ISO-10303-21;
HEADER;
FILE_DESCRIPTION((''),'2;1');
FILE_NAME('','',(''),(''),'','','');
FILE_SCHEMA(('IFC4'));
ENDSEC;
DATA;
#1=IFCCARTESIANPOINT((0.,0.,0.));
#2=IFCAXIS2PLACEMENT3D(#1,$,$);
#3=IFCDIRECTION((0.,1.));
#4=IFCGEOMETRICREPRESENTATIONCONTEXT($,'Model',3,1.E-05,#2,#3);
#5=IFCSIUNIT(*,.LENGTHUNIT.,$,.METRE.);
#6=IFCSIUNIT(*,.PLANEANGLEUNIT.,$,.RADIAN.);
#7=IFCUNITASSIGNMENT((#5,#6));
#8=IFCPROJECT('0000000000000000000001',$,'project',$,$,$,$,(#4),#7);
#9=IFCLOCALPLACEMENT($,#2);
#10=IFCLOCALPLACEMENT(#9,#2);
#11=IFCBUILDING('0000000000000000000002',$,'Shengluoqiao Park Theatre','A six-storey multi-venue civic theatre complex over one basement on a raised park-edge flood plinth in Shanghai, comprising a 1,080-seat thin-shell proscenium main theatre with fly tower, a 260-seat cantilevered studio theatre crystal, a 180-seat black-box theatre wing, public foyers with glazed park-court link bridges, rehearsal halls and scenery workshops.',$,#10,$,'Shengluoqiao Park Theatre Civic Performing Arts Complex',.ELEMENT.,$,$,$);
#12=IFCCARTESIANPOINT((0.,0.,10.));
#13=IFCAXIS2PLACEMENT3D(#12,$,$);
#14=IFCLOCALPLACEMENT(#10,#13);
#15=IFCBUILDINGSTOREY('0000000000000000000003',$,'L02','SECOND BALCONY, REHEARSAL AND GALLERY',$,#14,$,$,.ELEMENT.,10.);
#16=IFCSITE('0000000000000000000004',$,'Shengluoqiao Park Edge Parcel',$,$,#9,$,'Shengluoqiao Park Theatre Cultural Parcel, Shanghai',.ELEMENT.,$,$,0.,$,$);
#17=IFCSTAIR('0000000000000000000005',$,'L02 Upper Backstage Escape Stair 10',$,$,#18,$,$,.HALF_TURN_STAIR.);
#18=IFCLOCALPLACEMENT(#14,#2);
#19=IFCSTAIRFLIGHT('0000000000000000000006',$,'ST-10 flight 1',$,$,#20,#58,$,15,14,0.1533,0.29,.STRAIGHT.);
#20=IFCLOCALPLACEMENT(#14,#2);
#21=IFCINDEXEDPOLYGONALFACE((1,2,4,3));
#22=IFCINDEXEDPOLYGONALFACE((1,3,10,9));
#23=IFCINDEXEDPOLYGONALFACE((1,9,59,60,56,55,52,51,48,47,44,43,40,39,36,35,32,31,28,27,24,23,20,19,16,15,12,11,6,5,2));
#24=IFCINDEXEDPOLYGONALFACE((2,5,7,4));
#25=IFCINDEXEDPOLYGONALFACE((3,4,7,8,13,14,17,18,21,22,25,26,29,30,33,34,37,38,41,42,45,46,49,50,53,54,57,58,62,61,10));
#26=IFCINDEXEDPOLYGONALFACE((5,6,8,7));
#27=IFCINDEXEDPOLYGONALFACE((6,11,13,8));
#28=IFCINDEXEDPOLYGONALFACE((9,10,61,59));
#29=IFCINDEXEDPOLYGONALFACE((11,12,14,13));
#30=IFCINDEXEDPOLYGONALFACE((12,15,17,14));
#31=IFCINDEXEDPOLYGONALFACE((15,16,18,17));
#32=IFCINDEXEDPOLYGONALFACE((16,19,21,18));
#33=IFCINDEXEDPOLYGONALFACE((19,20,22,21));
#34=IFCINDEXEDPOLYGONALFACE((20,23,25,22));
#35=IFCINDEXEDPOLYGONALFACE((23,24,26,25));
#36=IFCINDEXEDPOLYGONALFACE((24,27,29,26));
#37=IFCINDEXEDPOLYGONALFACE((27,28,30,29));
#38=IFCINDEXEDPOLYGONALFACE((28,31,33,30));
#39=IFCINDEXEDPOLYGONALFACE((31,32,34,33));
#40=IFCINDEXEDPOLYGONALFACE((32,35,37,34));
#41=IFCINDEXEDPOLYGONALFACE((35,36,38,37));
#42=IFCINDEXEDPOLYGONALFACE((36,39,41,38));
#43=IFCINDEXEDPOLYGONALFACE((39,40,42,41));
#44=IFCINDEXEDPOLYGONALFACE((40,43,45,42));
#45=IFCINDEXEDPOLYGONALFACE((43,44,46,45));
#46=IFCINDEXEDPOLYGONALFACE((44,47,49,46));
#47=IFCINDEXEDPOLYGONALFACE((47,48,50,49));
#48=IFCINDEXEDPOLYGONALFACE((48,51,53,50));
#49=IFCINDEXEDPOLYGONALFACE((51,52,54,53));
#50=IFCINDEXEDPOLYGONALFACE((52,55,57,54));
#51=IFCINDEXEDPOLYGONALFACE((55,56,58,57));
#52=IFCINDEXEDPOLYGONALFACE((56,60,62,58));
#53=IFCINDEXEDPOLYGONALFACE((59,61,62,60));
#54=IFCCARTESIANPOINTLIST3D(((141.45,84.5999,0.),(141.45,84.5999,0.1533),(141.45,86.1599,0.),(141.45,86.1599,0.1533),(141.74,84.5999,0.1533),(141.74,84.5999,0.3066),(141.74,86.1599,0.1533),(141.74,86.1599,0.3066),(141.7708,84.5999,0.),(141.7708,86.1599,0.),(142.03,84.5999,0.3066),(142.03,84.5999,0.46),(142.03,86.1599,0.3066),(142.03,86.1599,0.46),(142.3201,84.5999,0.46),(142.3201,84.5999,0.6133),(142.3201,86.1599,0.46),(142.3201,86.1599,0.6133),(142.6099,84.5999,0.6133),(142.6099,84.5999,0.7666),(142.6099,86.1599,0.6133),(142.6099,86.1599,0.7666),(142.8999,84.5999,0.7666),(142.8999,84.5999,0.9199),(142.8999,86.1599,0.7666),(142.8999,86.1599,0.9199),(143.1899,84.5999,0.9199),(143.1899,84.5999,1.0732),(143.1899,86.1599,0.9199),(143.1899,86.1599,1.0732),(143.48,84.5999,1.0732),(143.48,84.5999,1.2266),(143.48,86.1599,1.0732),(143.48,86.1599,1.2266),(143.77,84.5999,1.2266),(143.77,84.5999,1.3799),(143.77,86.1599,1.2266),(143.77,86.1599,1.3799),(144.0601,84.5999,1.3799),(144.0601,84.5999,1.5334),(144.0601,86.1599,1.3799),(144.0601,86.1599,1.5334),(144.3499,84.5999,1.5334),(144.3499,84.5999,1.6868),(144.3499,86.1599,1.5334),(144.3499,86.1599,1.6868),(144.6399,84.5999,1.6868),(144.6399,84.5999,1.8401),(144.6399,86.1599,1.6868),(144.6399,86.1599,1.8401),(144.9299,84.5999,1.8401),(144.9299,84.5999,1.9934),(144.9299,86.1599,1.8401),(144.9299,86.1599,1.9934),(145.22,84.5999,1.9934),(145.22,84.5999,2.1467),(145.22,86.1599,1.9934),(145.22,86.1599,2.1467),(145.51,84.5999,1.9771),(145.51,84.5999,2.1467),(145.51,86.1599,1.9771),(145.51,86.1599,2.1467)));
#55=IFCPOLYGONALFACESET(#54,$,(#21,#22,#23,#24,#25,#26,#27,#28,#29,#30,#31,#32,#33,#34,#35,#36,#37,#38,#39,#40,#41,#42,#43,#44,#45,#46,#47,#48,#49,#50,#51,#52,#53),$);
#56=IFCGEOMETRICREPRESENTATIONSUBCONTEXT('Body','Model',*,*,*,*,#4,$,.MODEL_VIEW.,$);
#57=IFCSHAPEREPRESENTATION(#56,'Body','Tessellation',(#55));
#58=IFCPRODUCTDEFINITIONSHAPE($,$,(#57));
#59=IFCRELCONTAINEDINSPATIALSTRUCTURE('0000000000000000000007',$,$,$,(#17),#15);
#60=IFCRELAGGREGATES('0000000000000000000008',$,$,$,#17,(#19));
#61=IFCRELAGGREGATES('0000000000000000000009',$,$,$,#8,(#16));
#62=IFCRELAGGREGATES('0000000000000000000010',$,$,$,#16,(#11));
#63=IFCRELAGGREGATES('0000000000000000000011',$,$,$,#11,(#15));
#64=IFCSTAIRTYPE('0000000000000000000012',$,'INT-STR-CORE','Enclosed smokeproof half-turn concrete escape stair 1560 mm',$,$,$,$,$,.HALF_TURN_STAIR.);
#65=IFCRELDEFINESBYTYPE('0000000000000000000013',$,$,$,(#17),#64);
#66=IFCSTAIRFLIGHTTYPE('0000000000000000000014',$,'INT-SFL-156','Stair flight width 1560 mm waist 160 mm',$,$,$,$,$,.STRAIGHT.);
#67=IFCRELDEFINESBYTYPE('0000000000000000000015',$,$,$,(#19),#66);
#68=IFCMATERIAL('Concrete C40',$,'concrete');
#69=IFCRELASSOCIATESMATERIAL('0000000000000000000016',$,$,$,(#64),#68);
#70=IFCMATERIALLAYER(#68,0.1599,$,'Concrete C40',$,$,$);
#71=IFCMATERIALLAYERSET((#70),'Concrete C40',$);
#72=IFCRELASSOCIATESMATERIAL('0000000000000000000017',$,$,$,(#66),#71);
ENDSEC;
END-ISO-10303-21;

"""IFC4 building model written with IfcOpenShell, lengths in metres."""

from ifc_helpers import new_model, si_unit, direction, frame, origin, place, context, subcontext, project, spatial, polyline, outline, extrude, material, layer, layer_set, type_object, element, aggregate, save


model = new_model("IFC4")

# Units and contexts
model_context = context("Model", 3, precision=1e-05, world=origin(), true_north=direction((0.0, 1.0)))
body_context = subcontext(model_context, "Body", "Model", "MODEL_VIEW")
ifc_project = project(units=[si_unit("LENGTHUNIT", "METRE"), si_unit("PLANEANGLEUNIT", "RADIAN")], contexts=[model_context])

# Site, building, storey
site_placement = place(None, origin())
site = spatial("IfcSite", under=ifc_project, at=site_placement, Name="Shengluoqiao Park Edge Parcel", LongName="Shengluoqiao Park Theatre Cultural Parcel, Shanghai", CompositionType="ELEMENT", RefElevation=0.0)
building_placement = place(site_placement, origin())
building = spatial("IfcBuilding", under=site, at=building_placement, Name="Shengluoqiao Park Theatre", Description="A six-storey multi-venue civic theatre complex over one basement on a raised park-edge flood plinth in Shanghai, comprising a 1,080-seat thin-shell proscenium main theatre with fly tower, a 260-seat cantilevered studio theatre crystal, a 180-seat black-box theatre wing, public foyers with glazed park-court link bridges, rehearsal halls and scenery workshops.", LongName="Shengluoqiao Park Theatre Civic Performing Arts Complex", CompositionType="ELEMENT")
storey_placement = place(building_placement, frame((0.0, 0.0, 10.0)))
storey = spatial("IfcBuildingStorey", under=building, at=storey_placement, Name="L02", Description="SECOND BALCONY, REHEARSAL AND GALLERY", CompositionType="ELEMENT", Elevation=10.0)

# Stair, stair flight
ifc_material_1 = material(Name="Concrete C40", Category="concrete")
stair_type = type_object("IfcStairType", Name="INT-STR-CORE", Description="Enclosed smokeproof half-turn concrete escape stair 1560 mm", PredefinedType="HALF_TURN_STAIR", material=ifc_material_1)
stair_placement = place(storey_placement, origin())
stair = element("IfcStair", 1, at=stair_placement, inside=storey, type_object=stair_type, Name="L02 Upper Backstage Escape Stair 10", PredefinedType="HALF_TURN_STAIR")
ifc_layer_1 = layer(ifc_material_1, 0.1599, Name="Concrete C40")
ifc_layer_set_1 = layer_set([ifc_layer_1], Name="Concrete C40")
stair_flight_type = type_object("IfcStairFlightType", Name="INT-SFL-156", Description="Stair flight width 1560 mm waist 160 mm", PredefinedType="STRAIGHT", material=ifc_layer_set_1)
stair_flight_placement = place(storey_placement, frame((141.45, 85.3799, 0.0), z_axis=(0.0, 0.0, 1.0), x_axis=(1.0, 0.0, 0.0)))
stair_flight = element("IfcStairFlight", 2, at=stair_flight_placement, type_object=stair_flight_type, Name="ST-10 flight 1", NumberOfRisers=15, NumberOfTreads=14, PredefinedType="STRAIGHT", RiserHeight=0.1533, TreadLength=0.29, context=body_context, shape_type="SweptSolid", body=[
    extrude(outline(polyline([(0.0, 0.0), (0.0, 0.1533), (0.29, 0.1533), (0.29, 0.3066), (0.5801, 0.3066), (0.5801, 0.46), (0.8701, 0.46), (0.8701, 0.6133), (1.1599, 0.6133), (1.1599, 0.7666), (1.45, 0.7666), (1.45, 0.9199), (1.74, 0.9199), (1.74, 1.0732), (2.03, 1.0732), (2.03, 1.2266), (2.3201, 1.2266), (2.3201, 1.3799), (2.6101, 1.3799), (2.6101, 1.5334), (2.8999, 1.5334), (2.8999, 1.6868), (3.1899, 1.6868), (3.1899, 1.8401), (3.48, 1.8401), (3.48, 1.9934), (3.77, 1.9934), (3.77, 2.1467), (4.0601, 2.1467), (4.0601, 2.3), (4.0601, 1.9771), (0.3208, 0.0), (0.0, 0.0)])), frame((0.0, 0.78, 0.0), z_axis=(0.0, -1.0, 0.0), x_axis=(1.0, 0.0, 0.0)), (0.0, 0.0, 1.0), 1.5601),
])
aggregate(stair, [stair_flight])

save(model, "model.ifc")
